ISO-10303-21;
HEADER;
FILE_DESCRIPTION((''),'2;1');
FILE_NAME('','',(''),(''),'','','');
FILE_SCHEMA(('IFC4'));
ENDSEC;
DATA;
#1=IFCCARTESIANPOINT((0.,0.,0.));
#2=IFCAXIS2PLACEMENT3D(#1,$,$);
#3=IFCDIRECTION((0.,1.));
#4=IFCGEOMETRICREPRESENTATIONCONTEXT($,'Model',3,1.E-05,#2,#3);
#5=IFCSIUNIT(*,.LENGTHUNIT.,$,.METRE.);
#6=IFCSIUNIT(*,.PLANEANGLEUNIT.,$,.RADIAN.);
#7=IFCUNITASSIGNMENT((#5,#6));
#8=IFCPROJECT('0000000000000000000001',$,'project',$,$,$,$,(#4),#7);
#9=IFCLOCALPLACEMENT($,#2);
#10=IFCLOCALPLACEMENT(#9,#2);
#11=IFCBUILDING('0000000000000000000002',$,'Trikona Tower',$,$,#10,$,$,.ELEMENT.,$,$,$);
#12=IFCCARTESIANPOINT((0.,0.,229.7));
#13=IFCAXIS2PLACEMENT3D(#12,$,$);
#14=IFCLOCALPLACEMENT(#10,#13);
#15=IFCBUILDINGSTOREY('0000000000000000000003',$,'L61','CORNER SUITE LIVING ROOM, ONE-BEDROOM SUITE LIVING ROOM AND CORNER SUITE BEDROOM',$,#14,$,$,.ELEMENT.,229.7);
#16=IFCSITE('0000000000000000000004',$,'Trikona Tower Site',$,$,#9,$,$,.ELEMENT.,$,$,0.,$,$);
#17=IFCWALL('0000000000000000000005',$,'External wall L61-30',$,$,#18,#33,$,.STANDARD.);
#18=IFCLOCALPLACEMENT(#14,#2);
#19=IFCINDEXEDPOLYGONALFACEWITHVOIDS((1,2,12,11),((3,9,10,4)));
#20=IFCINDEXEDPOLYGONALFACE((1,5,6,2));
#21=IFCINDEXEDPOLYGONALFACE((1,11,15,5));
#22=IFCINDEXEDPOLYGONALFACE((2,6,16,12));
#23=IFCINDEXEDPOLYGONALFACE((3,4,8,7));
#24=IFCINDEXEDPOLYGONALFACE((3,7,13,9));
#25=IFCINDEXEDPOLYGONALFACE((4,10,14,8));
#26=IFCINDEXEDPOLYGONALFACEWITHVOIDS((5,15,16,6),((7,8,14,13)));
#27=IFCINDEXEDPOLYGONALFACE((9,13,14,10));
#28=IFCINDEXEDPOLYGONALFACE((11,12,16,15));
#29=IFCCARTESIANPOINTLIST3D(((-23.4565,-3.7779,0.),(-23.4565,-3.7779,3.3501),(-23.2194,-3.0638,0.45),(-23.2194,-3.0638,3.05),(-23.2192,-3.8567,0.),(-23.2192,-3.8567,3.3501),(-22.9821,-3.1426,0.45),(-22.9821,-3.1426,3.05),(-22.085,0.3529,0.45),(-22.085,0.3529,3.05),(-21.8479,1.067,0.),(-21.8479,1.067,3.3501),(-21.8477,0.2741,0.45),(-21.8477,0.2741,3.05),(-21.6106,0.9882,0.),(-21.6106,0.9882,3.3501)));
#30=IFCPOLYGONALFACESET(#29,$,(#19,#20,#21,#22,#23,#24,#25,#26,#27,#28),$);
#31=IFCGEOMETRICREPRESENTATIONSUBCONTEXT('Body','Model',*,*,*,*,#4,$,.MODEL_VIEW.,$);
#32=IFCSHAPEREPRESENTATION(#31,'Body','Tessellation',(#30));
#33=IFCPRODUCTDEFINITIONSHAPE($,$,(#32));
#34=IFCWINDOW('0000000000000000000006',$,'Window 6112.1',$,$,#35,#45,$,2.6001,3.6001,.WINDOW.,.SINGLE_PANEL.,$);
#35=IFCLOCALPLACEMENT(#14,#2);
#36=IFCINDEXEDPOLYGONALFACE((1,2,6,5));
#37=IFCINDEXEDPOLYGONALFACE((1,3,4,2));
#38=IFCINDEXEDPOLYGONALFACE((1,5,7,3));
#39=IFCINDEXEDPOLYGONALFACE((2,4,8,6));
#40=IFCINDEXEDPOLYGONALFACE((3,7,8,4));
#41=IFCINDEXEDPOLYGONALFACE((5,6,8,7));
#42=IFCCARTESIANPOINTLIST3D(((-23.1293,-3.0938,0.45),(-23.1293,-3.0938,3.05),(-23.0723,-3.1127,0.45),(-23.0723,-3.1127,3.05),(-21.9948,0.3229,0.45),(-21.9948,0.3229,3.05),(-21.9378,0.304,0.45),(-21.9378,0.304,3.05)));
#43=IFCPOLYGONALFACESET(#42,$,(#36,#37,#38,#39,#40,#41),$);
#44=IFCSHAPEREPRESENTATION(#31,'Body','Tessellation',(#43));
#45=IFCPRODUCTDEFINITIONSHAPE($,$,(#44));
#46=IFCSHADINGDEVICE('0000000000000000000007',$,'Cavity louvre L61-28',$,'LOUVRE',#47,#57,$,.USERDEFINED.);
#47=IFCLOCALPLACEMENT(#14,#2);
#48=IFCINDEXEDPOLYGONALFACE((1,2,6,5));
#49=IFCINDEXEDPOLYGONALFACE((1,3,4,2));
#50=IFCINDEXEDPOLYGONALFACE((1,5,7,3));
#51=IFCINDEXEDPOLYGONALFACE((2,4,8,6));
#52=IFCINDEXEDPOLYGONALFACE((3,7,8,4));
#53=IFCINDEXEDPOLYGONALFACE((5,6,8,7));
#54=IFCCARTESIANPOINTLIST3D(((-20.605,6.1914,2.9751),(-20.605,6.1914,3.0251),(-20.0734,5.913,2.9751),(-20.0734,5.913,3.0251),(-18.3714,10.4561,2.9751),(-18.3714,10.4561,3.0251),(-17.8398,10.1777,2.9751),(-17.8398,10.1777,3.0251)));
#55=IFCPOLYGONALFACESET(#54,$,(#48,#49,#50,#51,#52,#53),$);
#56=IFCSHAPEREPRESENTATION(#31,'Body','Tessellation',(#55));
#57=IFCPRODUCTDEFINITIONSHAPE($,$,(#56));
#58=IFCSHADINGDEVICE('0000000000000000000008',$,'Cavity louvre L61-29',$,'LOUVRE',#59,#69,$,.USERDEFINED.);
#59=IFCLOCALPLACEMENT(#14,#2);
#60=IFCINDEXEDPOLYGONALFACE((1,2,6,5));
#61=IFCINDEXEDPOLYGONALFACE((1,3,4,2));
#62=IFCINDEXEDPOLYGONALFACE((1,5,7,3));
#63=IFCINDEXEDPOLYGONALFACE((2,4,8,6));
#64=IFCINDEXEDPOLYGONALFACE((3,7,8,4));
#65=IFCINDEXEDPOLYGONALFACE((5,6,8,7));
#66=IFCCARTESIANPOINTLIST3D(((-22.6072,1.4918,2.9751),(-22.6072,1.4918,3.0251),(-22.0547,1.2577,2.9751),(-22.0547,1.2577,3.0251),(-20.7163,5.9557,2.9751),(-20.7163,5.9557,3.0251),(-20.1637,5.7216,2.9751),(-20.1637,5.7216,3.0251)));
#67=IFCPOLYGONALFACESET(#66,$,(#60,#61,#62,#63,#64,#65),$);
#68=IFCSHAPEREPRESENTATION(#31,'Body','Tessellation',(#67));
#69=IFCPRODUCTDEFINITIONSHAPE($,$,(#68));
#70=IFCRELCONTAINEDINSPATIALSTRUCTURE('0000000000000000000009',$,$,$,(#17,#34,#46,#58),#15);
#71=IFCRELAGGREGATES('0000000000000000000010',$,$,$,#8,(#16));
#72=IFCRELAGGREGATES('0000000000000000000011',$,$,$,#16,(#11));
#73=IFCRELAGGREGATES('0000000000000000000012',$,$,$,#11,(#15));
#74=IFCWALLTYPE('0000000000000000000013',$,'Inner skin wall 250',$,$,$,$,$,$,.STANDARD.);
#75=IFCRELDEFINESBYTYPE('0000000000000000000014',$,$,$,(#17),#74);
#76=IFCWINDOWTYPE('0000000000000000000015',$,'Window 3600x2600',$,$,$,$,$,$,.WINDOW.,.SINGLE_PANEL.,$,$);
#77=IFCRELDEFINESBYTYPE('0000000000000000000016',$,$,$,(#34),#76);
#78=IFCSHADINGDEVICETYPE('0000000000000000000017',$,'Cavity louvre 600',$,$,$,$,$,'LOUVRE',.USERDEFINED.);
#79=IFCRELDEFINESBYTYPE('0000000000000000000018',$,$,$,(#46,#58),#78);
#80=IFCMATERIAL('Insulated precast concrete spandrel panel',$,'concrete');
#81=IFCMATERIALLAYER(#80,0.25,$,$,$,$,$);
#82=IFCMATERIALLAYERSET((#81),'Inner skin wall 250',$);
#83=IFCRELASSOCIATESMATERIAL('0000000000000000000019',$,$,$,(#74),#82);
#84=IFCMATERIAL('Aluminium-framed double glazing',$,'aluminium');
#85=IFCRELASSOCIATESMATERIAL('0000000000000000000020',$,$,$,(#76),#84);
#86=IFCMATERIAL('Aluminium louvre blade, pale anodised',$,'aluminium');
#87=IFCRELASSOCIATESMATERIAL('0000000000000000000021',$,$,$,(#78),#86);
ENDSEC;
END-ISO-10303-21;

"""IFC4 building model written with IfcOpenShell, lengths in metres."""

from ifc_helpers import new_model, si_unit, direction, frame, frame_2d, origin, origin_2d, place, context, subcontext, project, spatial, rectangle, extrude, material, layer, layer_set, type_object, element, fill, save


model = new_model("IFC4")

# Units and contexts
model_context = context("Model", 3, precision=1e-05, world=origin(), true_north=direction((0.0, 1.0)))
body_context = subcontext(model_context, "Body", "Model", "MODEL_VIEW")
ifc_project = project(units=[si_unit("LENGTHUNIT", "METRE"), si_unit("PLANEANGLEUNIT", "RADIAN")], contexts=[model_context])

# Site, building, storey
site_placement = place(None, origin())
site = spatial("IfcSite", under=ifc_project, at=site_placement, Name="Trikona Tower Site", CompositionType="ELEMENT", RefElevation=0.0)
building_placement = place(site_placement, origin())
building = spatial("IfcBuilding", under=site, at=building_placement, Name="Trikona Tower", CompositionType="ELEMENT")
storey_placement = place(building_placement, frame((0.0, 0.0, 229.7)))
storey = spatial("IfcBuildingStorey", under=building, at=storey_placement, Name="L61", Description="CORNER SUITE LIVING ROOM, ONE-BEDROOM SUITE LIVING ROOM AND CORNER SUITE BEDROOM", CompositionType="ELEMENT", Elevation=229.7)

# Wall, opening, window
ifc_material_1 = material(Name="Insulated precast concrete spandrel panel", Category="concrete")
ifc_layer_1 = layer(ifc_material_1, 0.25)
ifc_layer_set_1 = layer_set([ifc_layer_1], Name="Inner skin wall 250")
wall_type = type_object("IfcWallType", Name="Inner skin wall 250", PredefinedType="STANDARD", material=ifc_layer_set_1)
ifc_material_2 = material(Name="Aluminium-framed double glazing", Category="aluminium")
window_type = type_object("IfcWindowType", Name="Window 3600x2600", PartitioningType="SINGLE_PANEL", PredefinedType="WINDOW", material=ifc_material_2)
wall_1_placement = place(storey_placement, frame((-21.7292, 1.0276, 0.0), z_axis=(0.0, 0.0, 1.0), x_axis=(-0.315108, -0.949056, 0.0)))
wall_1 = element("IfcWall", 1, at=wall_1_placement, inside=storey, type_object=wall_type, Name="External wall L61-30", PredefinedType="STANDARD", context=body_context, shape_type="SweptSolid", body=[
    extrude(rectangle(XDim=5.105, YDim=0.25, at=frame_2d((2.5525, 0.0))), origin(), (0.0, 0.0, 1.0), 3.3501),
])
opening_1_placement = place(wall_1_placement, frame((0.7524, 0.0, 0.45)))
opening_1 = element("IfcOpeningElement", 2, at=opening_1_placement, cuts=wall_1, PredefinedType="OPENING", context=body_context, shape_type="SweptSolid", body=[
    extrude(rectangle(XDim=3.6001, YDim=2.6001, at=frame_2d((1.8, 1.3))), frame((0.0, 0.135, 0.0), z_axis=(0.0, -1.0, 0.0), x_axis=(1.0, 0.0, 0.0)), (0.0, 0.0, 1.0), 0.27),
])
window_1_placement = place(opening_1_placement, origin())
window_1 = element("IfcWindow", 3, at=window_1_placement, inside=storey, type_object=window_type, Name="Window 6112.1", OverallHeight=2.6001, OverallWidth=3.6001, PartitioningType="SINGLE_PANEL", PredefinedType="WINDOW", context=body_context, shape_type="SweptSolid", body=[
    extrude(rectangle(XDim=3.6001, YDim=2.6001, at=frame_2d((1.8, 1.3))), frame((0.0, 0.03, 0.0), z_axis=(0.0, -1.0, 0.0), x_axis=(1.0, 0.0, 0.0)), (0.0, 0.0, 1.0), 0.0601),
])
fill(opening_1, window_1)

# Shading devices
ifc_material_3 = material(Name="Aluminium louvre blade, pale anodised", Category="aluminium")
shading_device_type = type_object("IfcShadingDeviceType", Name="Cavity louvre 600", ElementType="LOUVRE", PredefinedType="USERDEFINED", material=ifc_material_3)
shading_device_1_placement = place(storey_placement, frame((-19.2224, 8.1846, 2.9751), z_axis=(0.0, 0.0, 1.0), x_axis=(-0.463952, -0.88586, 0.0)))
element("IfcShadingDevice", 4, at=shading_device_1_placement, inside=storey, type_object=shading_device_type, Name="Cavity louvre L61-28", ObjectType="LOUVRE", PredefinedType="USERDEFINED", context=body_context, shape_type="SweptSolid", body=[
    extrude(rectangle(XDim=4.8142, YDim=0.6001, at=origin_2d()), origin(), (0.0, 0.0, 1.0), 0.05),
])
shading_device_2_placement = place(storey_placement, frame((-21.3855, 3.6067, 2.9751), z_axis=(0.0, 0.0, 1.0), x_axis=(-0.390051, -0.920793, 0.0)))
element("IfcShadingDevice", 5, at=shading_device_2_placement, inside=storey, type_object=shading_device_type, Name="Cavity louvre L61-29", ObjectType="LOUVRE", PredefinedType="USERDEFINED", context=body_context, shape_type="SweptSolid", body=[
    extrude(rectangle(XDim=4.8479, YDim=0.6001, at=origin_2d()), origin(), (0.0, 0.0, 1.0), 0.05),
])

save(model, "model.ifc")
